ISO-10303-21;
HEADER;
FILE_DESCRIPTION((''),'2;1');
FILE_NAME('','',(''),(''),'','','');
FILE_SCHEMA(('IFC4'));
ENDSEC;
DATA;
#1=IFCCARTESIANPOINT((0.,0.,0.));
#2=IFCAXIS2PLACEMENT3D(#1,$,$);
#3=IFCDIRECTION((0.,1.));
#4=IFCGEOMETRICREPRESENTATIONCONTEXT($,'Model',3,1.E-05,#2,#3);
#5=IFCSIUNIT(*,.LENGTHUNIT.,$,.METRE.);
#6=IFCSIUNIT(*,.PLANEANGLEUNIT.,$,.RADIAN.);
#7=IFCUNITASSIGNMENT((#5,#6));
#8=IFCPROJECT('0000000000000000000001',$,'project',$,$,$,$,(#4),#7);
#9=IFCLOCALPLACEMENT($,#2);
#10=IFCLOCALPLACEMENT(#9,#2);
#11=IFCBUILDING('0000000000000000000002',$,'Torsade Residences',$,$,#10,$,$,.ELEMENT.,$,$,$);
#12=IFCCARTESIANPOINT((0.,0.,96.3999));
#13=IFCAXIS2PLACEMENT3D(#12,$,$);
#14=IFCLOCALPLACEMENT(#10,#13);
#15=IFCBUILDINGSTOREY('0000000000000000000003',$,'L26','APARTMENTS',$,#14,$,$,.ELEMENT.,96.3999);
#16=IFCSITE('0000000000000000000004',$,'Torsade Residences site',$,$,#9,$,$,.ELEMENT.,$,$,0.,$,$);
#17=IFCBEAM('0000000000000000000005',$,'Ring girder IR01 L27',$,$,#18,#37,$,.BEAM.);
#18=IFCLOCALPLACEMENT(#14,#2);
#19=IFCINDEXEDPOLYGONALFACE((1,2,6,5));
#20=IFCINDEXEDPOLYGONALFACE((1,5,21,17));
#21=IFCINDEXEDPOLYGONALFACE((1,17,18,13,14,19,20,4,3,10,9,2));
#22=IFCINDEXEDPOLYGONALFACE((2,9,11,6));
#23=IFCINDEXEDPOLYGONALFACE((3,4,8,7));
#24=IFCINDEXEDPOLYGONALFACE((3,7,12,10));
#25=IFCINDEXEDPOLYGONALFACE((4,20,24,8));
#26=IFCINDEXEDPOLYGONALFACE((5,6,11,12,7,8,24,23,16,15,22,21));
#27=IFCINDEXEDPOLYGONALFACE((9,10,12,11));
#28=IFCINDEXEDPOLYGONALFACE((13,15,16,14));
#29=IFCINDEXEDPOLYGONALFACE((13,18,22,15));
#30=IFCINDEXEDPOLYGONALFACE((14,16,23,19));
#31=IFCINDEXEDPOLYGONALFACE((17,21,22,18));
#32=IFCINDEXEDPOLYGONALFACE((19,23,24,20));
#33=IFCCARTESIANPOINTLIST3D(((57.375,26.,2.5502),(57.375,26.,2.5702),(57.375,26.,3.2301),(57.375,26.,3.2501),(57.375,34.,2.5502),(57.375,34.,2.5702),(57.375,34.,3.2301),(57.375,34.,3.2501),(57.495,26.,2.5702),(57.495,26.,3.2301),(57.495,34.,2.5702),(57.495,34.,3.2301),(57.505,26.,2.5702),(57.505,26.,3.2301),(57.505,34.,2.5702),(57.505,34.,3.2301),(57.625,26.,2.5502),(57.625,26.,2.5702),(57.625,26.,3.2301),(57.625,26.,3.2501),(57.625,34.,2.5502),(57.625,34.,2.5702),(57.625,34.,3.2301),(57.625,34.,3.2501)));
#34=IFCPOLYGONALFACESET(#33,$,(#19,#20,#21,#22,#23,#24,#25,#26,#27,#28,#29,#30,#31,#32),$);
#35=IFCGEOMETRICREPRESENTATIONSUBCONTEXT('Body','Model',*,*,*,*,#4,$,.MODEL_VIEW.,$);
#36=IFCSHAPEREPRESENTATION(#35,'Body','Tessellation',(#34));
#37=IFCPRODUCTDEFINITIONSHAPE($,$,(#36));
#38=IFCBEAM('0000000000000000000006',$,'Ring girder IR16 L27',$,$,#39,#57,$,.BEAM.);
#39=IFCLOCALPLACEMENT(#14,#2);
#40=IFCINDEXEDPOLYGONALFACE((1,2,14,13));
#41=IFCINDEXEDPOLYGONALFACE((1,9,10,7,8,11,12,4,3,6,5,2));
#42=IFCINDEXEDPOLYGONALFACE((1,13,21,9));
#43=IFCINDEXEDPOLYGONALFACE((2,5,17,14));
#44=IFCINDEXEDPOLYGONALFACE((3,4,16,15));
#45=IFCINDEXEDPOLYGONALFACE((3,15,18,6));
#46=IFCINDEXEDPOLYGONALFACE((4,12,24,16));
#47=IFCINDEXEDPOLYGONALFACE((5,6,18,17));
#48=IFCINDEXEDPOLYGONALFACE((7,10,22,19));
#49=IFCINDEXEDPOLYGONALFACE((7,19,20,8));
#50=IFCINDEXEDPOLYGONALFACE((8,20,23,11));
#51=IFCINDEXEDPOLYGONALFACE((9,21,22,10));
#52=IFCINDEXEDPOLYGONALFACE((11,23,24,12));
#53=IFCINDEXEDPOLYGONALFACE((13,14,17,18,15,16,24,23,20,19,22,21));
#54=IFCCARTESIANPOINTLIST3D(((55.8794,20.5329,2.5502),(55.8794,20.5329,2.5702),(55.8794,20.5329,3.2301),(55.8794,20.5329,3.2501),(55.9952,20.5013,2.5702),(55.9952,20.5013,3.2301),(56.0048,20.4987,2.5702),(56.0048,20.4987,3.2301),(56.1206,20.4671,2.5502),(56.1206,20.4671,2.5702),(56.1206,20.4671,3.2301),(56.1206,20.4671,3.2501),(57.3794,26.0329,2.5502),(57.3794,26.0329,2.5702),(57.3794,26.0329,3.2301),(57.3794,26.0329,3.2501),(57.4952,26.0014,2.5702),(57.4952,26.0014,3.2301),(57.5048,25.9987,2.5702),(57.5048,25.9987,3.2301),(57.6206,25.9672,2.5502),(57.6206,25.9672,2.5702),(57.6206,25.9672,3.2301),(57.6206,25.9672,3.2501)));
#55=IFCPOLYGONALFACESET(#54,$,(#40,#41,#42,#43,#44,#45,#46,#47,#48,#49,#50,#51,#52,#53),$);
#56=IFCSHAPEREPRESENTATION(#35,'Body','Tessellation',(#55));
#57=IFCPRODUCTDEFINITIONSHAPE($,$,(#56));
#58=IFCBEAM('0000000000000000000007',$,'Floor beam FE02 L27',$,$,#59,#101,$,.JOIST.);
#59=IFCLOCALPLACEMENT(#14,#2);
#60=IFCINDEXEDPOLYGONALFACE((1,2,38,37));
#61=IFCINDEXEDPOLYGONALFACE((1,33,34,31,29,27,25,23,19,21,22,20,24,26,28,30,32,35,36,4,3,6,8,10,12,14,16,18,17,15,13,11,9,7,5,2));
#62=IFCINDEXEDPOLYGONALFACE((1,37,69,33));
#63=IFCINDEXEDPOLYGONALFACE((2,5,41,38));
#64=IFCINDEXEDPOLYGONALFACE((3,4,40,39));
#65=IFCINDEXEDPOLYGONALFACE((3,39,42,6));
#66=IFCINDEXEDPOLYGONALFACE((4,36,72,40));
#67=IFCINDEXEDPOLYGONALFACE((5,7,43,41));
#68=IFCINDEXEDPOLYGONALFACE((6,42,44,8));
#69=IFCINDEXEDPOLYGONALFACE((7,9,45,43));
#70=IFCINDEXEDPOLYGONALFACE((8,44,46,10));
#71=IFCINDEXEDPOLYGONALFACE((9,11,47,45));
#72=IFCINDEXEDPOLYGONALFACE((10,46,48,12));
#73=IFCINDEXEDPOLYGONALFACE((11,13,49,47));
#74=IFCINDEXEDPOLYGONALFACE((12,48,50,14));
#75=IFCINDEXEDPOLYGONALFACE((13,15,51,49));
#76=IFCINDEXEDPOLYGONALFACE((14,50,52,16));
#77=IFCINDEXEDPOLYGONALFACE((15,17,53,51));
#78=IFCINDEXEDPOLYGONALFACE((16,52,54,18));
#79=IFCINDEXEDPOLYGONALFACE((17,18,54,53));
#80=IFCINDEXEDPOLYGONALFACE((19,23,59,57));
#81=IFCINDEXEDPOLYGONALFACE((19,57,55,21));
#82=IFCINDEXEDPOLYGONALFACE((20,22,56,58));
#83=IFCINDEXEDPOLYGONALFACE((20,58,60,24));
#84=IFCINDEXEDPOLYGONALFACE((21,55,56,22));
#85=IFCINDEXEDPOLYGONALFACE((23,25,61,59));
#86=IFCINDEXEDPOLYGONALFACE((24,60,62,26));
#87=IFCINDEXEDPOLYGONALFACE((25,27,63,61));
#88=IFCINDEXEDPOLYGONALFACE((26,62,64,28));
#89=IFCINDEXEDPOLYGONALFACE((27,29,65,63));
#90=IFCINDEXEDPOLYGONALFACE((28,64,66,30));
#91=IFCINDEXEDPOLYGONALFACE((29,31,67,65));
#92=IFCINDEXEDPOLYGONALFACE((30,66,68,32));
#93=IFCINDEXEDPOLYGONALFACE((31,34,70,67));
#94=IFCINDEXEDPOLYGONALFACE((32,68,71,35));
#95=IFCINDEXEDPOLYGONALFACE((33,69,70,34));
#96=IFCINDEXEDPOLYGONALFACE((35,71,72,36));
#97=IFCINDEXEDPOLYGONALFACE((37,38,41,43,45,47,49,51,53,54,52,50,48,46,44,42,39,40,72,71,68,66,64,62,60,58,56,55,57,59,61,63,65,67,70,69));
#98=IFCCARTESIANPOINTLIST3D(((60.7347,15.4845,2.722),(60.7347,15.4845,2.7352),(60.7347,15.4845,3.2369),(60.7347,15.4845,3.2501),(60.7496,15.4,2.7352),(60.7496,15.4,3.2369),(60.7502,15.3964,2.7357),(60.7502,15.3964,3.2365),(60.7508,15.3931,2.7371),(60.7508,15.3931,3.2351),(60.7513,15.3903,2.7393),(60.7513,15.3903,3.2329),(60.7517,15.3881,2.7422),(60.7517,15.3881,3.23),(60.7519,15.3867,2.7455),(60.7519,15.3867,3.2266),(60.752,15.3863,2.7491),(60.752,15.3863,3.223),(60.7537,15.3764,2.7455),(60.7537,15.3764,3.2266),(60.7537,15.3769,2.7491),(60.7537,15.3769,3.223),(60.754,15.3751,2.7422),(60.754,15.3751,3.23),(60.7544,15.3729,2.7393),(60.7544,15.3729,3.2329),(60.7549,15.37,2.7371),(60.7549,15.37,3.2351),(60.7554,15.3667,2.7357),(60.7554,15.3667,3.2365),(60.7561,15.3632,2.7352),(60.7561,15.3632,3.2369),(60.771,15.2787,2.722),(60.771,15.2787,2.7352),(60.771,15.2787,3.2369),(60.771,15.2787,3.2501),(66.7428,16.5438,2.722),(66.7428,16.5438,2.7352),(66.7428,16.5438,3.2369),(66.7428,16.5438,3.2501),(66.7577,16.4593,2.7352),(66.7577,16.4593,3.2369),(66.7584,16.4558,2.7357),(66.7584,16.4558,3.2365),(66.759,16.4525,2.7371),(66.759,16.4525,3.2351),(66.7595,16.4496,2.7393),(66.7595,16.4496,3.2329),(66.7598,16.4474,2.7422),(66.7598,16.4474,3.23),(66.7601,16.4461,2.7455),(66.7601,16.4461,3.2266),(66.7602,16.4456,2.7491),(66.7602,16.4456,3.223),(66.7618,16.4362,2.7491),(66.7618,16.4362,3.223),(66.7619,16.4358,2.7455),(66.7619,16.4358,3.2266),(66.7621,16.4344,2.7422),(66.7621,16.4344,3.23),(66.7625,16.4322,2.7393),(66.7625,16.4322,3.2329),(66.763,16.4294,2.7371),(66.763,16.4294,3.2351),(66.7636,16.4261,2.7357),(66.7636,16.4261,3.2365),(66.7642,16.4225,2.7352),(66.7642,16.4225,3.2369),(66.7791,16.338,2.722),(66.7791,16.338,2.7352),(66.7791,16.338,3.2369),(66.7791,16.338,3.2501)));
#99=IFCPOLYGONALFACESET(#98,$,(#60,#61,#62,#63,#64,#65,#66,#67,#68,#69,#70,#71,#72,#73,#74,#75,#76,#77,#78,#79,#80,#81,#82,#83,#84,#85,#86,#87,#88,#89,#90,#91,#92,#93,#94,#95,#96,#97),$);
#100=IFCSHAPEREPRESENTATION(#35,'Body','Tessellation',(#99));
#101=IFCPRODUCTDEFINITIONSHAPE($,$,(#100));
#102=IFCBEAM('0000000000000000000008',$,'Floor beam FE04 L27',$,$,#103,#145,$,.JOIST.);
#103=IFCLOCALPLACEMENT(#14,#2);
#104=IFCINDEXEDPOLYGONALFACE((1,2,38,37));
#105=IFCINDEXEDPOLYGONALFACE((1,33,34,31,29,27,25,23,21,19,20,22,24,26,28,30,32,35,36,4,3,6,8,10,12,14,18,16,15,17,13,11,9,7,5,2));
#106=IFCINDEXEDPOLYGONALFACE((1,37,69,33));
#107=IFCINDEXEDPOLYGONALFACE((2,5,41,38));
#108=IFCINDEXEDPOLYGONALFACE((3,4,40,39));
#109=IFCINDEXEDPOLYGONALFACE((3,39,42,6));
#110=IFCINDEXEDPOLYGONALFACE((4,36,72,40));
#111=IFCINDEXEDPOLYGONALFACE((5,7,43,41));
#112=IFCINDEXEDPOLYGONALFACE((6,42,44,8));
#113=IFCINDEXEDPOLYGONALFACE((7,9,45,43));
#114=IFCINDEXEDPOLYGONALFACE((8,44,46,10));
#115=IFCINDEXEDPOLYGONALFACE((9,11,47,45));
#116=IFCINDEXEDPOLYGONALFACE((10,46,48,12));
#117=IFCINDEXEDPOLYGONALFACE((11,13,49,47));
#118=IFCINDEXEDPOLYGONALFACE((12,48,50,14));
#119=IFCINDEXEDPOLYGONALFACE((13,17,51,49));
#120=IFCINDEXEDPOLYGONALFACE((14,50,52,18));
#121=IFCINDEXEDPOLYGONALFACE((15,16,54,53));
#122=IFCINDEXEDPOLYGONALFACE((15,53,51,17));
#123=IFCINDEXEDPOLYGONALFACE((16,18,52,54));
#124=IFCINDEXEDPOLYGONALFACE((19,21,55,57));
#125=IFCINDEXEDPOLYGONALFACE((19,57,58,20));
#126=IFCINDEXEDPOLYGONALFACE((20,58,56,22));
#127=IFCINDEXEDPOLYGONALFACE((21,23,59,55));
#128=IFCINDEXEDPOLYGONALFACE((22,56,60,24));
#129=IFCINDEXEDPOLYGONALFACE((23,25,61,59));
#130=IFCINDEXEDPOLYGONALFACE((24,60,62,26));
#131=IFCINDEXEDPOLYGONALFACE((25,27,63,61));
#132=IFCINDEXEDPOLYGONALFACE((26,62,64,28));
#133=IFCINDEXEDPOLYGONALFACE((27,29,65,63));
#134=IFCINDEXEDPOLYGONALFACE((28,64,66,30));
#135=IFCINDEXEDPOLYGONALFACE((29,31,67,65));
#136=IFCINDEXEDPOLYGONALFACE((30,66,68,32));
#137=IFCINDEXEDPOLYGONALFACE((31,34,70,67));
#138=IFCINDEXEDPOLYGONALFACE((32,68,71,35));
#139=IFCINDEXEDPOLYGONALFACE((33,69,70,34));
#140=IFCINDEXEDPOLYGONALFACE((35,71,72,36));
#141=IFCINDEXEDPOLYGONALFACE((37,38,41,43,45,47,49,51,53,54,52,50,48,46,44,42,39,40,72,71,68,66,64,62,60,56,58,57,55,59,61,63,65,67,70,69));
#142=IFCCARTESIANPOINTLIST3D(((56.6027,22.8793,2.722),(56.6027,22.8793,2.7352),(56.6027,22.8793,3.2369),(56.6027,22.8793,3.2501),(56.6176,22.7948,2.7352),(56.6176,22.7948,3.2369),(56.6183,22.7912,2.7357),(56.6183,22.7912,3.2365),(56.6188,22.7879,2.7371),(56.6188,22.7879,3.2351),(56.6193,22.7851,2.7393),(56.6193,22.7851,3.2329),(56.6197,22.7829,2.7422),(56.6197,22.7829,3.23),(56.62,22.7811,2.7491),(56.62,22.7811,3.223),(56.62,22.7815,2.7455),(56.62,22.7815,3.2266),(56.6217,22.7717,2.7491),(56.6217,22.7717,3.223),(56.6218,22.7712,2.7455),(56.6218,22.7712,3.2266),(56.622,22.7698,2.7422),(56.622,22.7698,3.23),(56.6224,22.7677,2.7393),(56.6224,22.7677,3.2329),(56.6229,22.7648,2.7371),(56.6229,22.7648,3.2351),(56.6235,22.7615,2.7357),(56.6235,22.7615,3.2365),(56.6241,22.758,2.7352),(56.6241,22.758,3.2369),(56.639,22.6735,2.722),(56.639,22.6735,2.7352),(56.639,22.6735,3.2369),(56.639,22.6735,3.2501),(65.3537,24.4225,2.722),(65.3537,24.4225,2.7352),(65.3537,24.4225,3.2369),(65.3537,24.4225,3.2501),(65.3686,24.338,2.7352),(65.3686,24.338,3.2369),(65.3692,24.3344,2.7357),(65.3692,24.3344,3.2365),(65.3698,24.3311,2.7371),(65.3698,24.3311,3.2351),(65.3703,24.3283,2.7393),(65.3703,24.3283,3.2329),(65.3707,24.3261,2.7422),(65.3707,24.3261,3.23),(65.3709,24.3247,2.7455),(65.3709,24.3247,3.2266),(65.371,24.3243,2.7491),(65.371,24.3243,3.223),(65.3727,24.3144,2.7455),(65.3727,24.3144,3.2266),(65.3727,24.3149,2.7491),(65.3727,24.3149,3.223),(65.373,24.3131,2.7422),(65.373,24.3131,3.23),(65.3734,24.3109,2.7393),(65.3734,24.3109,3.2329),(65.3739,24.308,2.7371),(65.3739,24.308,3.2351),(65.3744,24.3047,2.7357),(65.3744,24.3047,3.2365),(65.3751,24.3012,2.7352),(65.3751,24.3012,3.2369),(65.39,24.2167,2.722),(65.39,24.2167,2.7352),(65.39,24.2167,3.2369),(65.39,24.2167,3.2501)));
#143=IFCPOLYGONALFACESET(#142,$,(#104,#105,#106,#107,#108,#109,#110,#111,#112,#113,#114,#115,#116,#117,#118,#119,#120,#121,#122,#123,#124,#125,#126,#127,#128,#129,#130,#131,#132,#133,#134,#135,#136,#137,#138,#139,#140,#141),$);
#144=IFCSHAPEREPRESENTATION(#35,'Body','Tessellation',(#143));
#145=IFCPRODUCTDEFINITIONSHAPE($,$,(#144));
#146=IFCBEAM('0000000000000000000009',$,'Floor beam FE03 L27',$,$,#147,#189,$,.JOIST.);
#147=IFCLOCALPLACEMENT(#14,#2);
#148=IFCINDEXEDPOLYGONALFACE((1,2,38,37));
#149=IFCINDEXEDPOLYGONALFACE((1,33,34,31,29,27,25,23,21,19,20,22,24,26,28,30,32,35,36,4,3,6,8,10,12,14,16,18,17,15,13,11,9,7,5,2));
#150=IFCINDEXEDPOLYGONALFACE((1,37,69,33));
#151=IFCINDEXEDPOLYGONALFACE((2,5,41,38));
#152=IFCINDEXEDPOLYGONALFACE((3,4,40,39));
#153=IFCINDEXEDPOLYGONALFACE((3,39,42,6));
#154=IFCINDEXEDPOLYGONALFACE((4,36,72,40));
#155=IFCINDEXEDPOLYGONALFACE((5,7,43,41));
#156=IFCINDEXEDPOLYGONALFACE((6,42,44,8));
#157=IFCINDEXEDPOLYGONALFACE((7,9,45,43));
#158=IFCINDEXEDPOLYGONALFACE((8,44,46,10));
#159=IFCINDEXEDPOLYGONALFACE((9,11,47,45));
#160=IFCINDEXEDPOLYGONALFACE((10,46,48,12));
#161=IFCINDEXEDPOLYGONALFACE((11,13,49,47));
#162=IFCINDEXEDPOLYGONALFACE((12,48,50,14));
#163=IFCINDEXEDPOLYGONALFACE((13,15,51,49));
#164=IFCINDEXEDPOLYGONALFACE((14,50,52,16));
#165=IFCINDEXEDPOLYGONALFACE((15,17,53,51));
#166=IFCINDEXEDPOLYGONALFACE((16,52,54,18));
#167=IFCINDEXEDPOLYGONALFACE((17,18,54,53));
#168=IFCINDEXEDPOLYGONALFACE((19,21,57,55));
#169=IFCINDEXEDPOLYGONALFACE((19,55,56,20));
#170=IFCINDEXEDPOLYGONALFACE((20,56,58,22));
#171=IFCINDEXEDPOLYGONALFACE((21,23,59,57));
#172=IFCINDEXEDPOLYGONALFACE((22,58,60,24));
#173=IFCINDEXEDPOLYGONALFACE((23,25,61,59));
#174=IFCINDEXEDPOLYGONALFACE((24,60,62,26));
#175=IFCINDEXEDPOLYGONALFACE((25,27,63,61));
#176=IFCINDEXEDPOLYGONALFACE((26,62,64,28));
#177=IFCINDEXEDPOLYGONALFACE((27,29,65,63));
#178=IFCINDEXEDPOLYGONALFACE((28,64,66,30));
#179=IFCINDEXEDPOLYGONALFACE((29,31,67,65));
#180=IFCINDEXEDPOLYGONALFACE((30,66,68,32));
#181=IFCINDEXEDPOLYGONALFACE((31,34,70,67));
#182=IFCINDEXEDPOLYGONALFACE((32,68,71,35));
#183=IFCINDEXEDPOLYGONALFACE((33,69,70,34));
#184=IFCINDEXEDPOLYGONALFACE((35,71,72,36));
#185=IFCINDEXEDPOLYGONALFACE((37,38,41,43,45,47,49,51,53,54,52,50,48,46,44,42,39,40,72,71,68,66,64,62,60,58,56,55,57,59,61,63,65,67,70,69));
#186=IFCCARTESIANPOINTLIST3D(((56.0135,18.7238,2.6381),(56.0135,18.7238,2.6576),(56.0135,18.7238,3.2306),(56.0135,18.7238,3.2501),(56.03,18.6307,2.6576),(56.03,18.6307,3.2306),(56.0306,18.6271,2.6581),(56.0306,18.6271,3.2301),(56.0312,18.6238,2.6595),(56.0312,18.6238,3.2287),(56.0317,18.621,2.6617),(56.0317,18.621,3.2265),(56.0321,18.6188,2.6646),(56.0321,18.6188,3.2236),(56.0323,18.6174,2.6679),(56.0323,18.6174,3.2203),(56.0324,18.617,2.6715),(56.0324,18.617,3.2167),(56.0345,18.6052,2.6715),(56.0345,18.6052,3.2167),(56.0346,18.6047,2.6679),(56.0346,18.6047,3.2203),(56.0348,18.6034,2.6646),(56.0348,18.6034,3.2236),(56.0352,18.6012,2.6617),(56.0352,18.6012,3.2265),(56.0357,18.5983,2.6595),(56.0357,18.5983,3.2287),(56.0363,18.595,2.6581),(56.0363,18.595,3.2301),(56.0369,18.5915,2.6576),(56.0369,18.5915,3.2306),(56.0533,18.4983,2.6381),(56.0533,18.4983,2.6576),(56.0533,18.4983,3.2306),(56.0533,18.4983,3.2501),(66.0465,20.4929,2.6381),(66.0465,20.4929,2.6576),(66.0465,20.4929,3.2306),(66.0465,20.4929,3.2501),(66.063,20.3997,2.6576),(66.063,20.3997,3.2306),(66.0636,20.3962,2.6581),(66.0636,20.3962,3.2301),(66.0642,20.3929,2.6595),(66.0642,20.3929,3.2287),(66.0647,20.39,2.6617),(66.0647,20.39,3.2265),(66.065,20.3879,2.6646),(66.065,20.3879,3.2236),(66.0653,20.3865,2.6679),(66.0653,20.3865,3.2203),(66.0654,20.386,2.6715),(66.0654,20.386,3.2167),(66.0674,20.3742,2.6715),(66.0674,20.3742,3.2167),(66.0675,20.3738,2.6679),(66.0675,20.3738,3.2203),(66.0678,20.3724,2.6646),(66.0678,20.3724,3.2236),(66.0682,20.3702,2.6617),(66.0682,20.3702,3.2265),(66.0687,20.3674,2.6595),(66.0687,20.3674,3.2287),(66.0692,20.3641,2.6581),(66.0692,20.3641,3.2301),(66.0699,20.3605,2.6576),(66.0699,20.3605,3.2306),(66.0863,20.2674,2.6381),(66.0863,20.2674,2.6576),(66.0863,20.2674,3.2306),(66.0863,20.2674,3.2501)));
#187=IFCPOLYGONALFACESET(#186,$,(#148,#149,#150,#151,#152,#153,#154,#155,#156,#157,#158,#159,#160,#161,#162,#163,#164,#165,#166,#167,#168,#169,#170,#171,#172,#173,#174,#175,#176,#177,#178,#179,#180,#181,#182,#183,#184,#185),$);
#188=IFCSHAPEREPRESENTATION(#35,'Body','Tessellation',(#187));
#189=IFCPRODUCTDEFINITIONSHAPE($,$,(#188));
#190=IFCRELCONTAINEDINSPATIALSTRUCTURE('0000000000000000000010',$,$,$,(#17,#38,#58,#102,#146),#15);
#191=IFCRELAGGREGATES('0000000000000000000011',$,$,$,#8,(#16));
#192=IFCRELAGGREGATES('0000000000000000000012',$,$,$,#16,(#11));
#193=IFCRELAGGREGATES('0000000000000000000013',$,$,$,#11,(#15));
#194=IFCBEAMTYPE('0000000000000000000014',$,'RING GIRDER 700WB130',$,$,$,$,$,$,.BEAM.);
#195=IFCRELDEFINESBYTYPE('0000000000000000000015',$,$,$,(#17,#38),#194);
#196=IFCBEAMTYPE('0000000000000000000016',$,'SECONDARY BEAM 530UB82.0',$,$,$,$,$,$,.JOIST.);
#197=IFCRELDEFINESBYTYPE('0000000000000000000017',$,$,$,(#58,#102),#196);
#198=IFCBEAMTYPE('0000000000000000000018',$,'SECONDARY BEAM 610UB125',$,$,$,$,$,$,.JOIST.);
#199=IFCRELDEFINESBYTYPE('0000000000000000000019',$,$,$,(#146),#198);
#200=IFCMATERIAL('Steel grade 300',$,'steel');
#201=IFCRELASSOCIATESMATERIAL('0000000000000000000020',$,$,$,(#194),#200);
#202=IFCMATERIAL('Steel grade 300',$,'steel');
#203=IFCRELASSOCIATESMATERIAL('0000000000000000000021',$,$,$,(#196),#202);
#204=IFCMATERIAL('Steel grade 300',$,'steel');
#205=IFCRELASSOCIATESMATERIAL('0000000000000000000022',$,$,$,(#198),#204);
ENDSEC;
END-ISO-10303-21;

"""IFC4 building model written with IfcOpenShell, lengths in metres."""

from ifc_helpers import new_model, si_unit, direction, frame, origin, origin_2d, place, context, subcontext, project, spatial, i_section, extrude, material, material_profile, profile_set, type_object, element, save


model = new_model("IFC4")

# Units and contexts
model_context = context("Model", 3, precision=1e-05, world=origin(), true_north=direction((0.0, 1.0)))
body_context = subcontext(model_context, "Body", "Model", "MODEL_VIEW")
ifc_project = project(units=[si_unit("LENGTHUNIT", "METRE"), si_unit("PLANEANGLEUNIT", "RADIAN")], contexts=[model_context])

# Site, building, storey
site_placement = place(None, origin())
site = spatial("IfcSite", under=ifc_project, at=site_placement, Name="Torsade Residences site", CompositionType="ELEMENT", RefElevation=0.0)
building_placement = place(site_placement, origin())
building = spatial("IfcBuilding", under=site, at=building_placement, Name="Torsade Residences", CompositionType="ELEMENT")
storey_placement = place(building_placement, frame((0.0, 0.0, 96.3999)))
storey = spatial("IfcBuildingStorey", under=building, at=storey_placement, Name="L26", Description="APARTMENTS", CompositionType="ELEMENT", Elevation=96.3999)

# Beams
ifc_material_1 = material(Name="Steel grade 300", Category="steel")
ifc_material_profile_1 = material_profile(ifc_material_1, i_section(OverallWidth=0.25, OverallDepth=0.7, WebThickness=0.01, FlangeThickness=0.02, at=origin_2d()), Name="700WB130")
ifc_profile_set_1 = profile_set([ifc_material_profile_1], Name="Steel grade 300")
beam_type_1 = type_object("IfcBeamType", Name="RING GIRDER 700WB130", PredefinedType="BEAM", material=ifc_profile_set_1)
beam_1_placement = place(storey_placement, frame((57.5, 26.0, 2.9001), z_axis=(0.0, 1.0, 0.0), x_axis=(-1.0, 0.0, 0.0)))
element("IfcBeam", 1, at=beam_1_placement, inside=storey, type_object=beam_type_1, Name="Ring girder IR01 L27", PredefinedType="BEAM", context=body_context, shape_type="SweptSolid", body=[
    extrude(i_section(OverallWidth=0.25, OverallDepth=0.7, WebThickness=0.01, FlangeThickness=0.02, at=origin_2d()), origin(), (0.0, 0.0, 1.0), 8.0),
])
beam_2_placement = place(storey_placement, frame((56.0, 20.5, 2.9001), z_axis=(0.263117, 0.964764, 0.0), x_axis=(-0.964764, 0.263117, 0.0)))
element("IfcBeam", 2, at=beam_2_placement, inside=storey, type_object=beam_type_1, Name="Ring girder IR16 L27", PredefinedType="BEAM", context=body_context, shape_type="SweptSolid", body=[
    extrude(i_section(OverallWidth=0.25, OverallDepth=0.7, WebThickness=0.01, FlangeThickness=0.02, at=origin_2d()), origin(), (0.0, 0.0, 1.0), 5.7009),
])
ifc_material_2 = material(Name="Steel grade 300", Category="steel")
ifc_material_profile_2 = material_profile(ifc_material_2, i_section(OverallWidth=0.209, OverallDepth=0.5281, WebThickness=0.0095, FlangeThickness=0.0132, FilletRadius=0.0139, at=origin_2d()), Name="530UB82.0")
ifc_profile_set_2 = profile_set([ifc_material_profile_2], Name="Steel grade 300")
beam_type_2 = type_object("IfcBeamType", Name="SECONDARY BEAM 530UB82.0", PredefinedType="JOIST", material=ifc_profile_set_2)
beam_3_placement = place(storey_placement, frame((66.761, 16.4409, 2.9861), z_axis=(-0.984809, -0.173639, 0.0), x_axis=(0.173639, -0.984809, 0.0)))
element("IfcBeam", 3, at=beam_3_placement, inside=storey, type_object=beam_type_2, Name="Floor beam FE02 L27", PredefinedType="JOIST", context=body_context, shape_type="SweptSolid", body=[
    extrude(i_section(OverallWidth=0.209, OverallDepth=0.5281, WebThickness=0.0095, FlangeThickness=0.0132, FilletRadius=0.0139, at=origin_2d()), origin(), (0.0, 0.0, 1.0), 6.1008),
])
beam_4_placement = place(storey_placement, frame((65.3718, 24.3196, 2.9861), z_axis=(-0.984804, -0.173668, 0.0), x_axis=(0.173668, -0.984804, 0.0)))
element("IfcBeam", 4, at=beam_4_placement, inside=storey, type_object=beam_type_2, Name="Floor beam FE04 L27", PredefinedType="JOIST", context=body_context, shape_type="SweptSolid", body=[
    extrude(i_section(OverallWidth=0.209, OverallDepth=0.5281, WebThickness=0.0095, FlangeThickness=0.0132, FilletRadius=0.0139, at=origin_2d()), origin(), (0.0, 0.0, 1.0), 8.886),
])
ifc_material_3 = material(Name="Steel grade 300", Category="steel")
ifc_material_profile_3 = material_profile(ifc_material_3, i_section(OverallWidth=0.229, OverallDepth=0.6121, WebThickness=0.012, FlangeThickness=0.0195, FilletRadius=0.0139, at=origin_2d()), Name="610UB125")
ifc_profile_set_3 = profile_set([ifc_material_profile_3], Name="Steel grade 300")
beam_type_3 = type_object("IfcBeamType", Name="SECONDARY BEAM 610UB125", PredefinedType="JOIST", material=ifc_profile_set_3)
beam_5_placement = place(storey_placement, frame((66.0664, 20.3801, 2.9441), z_axis=(-0.984808, -0.173645, 0.0), x_axis=(0.173645, -0.984808, 0.0)))
element("IfcBeam", 5, at=beam_5_placement, inside=storey, type_object=beam_type_3, Name="Floor beam FE03 L27", PredefinedType="JOIST", context=body_context, shape_type="SweptSolid", body=[
    extrude(i_section(OverallWidth=0.229, OverallDepth=0.6121, WebThickness=0.012, FlangeThickness=0.0195, FilletRadius=0.0139, at=origin_2d()), origin(), (0.0, 0.0, 1.0), 10.1877),
])

save(model, "model.ifc")
